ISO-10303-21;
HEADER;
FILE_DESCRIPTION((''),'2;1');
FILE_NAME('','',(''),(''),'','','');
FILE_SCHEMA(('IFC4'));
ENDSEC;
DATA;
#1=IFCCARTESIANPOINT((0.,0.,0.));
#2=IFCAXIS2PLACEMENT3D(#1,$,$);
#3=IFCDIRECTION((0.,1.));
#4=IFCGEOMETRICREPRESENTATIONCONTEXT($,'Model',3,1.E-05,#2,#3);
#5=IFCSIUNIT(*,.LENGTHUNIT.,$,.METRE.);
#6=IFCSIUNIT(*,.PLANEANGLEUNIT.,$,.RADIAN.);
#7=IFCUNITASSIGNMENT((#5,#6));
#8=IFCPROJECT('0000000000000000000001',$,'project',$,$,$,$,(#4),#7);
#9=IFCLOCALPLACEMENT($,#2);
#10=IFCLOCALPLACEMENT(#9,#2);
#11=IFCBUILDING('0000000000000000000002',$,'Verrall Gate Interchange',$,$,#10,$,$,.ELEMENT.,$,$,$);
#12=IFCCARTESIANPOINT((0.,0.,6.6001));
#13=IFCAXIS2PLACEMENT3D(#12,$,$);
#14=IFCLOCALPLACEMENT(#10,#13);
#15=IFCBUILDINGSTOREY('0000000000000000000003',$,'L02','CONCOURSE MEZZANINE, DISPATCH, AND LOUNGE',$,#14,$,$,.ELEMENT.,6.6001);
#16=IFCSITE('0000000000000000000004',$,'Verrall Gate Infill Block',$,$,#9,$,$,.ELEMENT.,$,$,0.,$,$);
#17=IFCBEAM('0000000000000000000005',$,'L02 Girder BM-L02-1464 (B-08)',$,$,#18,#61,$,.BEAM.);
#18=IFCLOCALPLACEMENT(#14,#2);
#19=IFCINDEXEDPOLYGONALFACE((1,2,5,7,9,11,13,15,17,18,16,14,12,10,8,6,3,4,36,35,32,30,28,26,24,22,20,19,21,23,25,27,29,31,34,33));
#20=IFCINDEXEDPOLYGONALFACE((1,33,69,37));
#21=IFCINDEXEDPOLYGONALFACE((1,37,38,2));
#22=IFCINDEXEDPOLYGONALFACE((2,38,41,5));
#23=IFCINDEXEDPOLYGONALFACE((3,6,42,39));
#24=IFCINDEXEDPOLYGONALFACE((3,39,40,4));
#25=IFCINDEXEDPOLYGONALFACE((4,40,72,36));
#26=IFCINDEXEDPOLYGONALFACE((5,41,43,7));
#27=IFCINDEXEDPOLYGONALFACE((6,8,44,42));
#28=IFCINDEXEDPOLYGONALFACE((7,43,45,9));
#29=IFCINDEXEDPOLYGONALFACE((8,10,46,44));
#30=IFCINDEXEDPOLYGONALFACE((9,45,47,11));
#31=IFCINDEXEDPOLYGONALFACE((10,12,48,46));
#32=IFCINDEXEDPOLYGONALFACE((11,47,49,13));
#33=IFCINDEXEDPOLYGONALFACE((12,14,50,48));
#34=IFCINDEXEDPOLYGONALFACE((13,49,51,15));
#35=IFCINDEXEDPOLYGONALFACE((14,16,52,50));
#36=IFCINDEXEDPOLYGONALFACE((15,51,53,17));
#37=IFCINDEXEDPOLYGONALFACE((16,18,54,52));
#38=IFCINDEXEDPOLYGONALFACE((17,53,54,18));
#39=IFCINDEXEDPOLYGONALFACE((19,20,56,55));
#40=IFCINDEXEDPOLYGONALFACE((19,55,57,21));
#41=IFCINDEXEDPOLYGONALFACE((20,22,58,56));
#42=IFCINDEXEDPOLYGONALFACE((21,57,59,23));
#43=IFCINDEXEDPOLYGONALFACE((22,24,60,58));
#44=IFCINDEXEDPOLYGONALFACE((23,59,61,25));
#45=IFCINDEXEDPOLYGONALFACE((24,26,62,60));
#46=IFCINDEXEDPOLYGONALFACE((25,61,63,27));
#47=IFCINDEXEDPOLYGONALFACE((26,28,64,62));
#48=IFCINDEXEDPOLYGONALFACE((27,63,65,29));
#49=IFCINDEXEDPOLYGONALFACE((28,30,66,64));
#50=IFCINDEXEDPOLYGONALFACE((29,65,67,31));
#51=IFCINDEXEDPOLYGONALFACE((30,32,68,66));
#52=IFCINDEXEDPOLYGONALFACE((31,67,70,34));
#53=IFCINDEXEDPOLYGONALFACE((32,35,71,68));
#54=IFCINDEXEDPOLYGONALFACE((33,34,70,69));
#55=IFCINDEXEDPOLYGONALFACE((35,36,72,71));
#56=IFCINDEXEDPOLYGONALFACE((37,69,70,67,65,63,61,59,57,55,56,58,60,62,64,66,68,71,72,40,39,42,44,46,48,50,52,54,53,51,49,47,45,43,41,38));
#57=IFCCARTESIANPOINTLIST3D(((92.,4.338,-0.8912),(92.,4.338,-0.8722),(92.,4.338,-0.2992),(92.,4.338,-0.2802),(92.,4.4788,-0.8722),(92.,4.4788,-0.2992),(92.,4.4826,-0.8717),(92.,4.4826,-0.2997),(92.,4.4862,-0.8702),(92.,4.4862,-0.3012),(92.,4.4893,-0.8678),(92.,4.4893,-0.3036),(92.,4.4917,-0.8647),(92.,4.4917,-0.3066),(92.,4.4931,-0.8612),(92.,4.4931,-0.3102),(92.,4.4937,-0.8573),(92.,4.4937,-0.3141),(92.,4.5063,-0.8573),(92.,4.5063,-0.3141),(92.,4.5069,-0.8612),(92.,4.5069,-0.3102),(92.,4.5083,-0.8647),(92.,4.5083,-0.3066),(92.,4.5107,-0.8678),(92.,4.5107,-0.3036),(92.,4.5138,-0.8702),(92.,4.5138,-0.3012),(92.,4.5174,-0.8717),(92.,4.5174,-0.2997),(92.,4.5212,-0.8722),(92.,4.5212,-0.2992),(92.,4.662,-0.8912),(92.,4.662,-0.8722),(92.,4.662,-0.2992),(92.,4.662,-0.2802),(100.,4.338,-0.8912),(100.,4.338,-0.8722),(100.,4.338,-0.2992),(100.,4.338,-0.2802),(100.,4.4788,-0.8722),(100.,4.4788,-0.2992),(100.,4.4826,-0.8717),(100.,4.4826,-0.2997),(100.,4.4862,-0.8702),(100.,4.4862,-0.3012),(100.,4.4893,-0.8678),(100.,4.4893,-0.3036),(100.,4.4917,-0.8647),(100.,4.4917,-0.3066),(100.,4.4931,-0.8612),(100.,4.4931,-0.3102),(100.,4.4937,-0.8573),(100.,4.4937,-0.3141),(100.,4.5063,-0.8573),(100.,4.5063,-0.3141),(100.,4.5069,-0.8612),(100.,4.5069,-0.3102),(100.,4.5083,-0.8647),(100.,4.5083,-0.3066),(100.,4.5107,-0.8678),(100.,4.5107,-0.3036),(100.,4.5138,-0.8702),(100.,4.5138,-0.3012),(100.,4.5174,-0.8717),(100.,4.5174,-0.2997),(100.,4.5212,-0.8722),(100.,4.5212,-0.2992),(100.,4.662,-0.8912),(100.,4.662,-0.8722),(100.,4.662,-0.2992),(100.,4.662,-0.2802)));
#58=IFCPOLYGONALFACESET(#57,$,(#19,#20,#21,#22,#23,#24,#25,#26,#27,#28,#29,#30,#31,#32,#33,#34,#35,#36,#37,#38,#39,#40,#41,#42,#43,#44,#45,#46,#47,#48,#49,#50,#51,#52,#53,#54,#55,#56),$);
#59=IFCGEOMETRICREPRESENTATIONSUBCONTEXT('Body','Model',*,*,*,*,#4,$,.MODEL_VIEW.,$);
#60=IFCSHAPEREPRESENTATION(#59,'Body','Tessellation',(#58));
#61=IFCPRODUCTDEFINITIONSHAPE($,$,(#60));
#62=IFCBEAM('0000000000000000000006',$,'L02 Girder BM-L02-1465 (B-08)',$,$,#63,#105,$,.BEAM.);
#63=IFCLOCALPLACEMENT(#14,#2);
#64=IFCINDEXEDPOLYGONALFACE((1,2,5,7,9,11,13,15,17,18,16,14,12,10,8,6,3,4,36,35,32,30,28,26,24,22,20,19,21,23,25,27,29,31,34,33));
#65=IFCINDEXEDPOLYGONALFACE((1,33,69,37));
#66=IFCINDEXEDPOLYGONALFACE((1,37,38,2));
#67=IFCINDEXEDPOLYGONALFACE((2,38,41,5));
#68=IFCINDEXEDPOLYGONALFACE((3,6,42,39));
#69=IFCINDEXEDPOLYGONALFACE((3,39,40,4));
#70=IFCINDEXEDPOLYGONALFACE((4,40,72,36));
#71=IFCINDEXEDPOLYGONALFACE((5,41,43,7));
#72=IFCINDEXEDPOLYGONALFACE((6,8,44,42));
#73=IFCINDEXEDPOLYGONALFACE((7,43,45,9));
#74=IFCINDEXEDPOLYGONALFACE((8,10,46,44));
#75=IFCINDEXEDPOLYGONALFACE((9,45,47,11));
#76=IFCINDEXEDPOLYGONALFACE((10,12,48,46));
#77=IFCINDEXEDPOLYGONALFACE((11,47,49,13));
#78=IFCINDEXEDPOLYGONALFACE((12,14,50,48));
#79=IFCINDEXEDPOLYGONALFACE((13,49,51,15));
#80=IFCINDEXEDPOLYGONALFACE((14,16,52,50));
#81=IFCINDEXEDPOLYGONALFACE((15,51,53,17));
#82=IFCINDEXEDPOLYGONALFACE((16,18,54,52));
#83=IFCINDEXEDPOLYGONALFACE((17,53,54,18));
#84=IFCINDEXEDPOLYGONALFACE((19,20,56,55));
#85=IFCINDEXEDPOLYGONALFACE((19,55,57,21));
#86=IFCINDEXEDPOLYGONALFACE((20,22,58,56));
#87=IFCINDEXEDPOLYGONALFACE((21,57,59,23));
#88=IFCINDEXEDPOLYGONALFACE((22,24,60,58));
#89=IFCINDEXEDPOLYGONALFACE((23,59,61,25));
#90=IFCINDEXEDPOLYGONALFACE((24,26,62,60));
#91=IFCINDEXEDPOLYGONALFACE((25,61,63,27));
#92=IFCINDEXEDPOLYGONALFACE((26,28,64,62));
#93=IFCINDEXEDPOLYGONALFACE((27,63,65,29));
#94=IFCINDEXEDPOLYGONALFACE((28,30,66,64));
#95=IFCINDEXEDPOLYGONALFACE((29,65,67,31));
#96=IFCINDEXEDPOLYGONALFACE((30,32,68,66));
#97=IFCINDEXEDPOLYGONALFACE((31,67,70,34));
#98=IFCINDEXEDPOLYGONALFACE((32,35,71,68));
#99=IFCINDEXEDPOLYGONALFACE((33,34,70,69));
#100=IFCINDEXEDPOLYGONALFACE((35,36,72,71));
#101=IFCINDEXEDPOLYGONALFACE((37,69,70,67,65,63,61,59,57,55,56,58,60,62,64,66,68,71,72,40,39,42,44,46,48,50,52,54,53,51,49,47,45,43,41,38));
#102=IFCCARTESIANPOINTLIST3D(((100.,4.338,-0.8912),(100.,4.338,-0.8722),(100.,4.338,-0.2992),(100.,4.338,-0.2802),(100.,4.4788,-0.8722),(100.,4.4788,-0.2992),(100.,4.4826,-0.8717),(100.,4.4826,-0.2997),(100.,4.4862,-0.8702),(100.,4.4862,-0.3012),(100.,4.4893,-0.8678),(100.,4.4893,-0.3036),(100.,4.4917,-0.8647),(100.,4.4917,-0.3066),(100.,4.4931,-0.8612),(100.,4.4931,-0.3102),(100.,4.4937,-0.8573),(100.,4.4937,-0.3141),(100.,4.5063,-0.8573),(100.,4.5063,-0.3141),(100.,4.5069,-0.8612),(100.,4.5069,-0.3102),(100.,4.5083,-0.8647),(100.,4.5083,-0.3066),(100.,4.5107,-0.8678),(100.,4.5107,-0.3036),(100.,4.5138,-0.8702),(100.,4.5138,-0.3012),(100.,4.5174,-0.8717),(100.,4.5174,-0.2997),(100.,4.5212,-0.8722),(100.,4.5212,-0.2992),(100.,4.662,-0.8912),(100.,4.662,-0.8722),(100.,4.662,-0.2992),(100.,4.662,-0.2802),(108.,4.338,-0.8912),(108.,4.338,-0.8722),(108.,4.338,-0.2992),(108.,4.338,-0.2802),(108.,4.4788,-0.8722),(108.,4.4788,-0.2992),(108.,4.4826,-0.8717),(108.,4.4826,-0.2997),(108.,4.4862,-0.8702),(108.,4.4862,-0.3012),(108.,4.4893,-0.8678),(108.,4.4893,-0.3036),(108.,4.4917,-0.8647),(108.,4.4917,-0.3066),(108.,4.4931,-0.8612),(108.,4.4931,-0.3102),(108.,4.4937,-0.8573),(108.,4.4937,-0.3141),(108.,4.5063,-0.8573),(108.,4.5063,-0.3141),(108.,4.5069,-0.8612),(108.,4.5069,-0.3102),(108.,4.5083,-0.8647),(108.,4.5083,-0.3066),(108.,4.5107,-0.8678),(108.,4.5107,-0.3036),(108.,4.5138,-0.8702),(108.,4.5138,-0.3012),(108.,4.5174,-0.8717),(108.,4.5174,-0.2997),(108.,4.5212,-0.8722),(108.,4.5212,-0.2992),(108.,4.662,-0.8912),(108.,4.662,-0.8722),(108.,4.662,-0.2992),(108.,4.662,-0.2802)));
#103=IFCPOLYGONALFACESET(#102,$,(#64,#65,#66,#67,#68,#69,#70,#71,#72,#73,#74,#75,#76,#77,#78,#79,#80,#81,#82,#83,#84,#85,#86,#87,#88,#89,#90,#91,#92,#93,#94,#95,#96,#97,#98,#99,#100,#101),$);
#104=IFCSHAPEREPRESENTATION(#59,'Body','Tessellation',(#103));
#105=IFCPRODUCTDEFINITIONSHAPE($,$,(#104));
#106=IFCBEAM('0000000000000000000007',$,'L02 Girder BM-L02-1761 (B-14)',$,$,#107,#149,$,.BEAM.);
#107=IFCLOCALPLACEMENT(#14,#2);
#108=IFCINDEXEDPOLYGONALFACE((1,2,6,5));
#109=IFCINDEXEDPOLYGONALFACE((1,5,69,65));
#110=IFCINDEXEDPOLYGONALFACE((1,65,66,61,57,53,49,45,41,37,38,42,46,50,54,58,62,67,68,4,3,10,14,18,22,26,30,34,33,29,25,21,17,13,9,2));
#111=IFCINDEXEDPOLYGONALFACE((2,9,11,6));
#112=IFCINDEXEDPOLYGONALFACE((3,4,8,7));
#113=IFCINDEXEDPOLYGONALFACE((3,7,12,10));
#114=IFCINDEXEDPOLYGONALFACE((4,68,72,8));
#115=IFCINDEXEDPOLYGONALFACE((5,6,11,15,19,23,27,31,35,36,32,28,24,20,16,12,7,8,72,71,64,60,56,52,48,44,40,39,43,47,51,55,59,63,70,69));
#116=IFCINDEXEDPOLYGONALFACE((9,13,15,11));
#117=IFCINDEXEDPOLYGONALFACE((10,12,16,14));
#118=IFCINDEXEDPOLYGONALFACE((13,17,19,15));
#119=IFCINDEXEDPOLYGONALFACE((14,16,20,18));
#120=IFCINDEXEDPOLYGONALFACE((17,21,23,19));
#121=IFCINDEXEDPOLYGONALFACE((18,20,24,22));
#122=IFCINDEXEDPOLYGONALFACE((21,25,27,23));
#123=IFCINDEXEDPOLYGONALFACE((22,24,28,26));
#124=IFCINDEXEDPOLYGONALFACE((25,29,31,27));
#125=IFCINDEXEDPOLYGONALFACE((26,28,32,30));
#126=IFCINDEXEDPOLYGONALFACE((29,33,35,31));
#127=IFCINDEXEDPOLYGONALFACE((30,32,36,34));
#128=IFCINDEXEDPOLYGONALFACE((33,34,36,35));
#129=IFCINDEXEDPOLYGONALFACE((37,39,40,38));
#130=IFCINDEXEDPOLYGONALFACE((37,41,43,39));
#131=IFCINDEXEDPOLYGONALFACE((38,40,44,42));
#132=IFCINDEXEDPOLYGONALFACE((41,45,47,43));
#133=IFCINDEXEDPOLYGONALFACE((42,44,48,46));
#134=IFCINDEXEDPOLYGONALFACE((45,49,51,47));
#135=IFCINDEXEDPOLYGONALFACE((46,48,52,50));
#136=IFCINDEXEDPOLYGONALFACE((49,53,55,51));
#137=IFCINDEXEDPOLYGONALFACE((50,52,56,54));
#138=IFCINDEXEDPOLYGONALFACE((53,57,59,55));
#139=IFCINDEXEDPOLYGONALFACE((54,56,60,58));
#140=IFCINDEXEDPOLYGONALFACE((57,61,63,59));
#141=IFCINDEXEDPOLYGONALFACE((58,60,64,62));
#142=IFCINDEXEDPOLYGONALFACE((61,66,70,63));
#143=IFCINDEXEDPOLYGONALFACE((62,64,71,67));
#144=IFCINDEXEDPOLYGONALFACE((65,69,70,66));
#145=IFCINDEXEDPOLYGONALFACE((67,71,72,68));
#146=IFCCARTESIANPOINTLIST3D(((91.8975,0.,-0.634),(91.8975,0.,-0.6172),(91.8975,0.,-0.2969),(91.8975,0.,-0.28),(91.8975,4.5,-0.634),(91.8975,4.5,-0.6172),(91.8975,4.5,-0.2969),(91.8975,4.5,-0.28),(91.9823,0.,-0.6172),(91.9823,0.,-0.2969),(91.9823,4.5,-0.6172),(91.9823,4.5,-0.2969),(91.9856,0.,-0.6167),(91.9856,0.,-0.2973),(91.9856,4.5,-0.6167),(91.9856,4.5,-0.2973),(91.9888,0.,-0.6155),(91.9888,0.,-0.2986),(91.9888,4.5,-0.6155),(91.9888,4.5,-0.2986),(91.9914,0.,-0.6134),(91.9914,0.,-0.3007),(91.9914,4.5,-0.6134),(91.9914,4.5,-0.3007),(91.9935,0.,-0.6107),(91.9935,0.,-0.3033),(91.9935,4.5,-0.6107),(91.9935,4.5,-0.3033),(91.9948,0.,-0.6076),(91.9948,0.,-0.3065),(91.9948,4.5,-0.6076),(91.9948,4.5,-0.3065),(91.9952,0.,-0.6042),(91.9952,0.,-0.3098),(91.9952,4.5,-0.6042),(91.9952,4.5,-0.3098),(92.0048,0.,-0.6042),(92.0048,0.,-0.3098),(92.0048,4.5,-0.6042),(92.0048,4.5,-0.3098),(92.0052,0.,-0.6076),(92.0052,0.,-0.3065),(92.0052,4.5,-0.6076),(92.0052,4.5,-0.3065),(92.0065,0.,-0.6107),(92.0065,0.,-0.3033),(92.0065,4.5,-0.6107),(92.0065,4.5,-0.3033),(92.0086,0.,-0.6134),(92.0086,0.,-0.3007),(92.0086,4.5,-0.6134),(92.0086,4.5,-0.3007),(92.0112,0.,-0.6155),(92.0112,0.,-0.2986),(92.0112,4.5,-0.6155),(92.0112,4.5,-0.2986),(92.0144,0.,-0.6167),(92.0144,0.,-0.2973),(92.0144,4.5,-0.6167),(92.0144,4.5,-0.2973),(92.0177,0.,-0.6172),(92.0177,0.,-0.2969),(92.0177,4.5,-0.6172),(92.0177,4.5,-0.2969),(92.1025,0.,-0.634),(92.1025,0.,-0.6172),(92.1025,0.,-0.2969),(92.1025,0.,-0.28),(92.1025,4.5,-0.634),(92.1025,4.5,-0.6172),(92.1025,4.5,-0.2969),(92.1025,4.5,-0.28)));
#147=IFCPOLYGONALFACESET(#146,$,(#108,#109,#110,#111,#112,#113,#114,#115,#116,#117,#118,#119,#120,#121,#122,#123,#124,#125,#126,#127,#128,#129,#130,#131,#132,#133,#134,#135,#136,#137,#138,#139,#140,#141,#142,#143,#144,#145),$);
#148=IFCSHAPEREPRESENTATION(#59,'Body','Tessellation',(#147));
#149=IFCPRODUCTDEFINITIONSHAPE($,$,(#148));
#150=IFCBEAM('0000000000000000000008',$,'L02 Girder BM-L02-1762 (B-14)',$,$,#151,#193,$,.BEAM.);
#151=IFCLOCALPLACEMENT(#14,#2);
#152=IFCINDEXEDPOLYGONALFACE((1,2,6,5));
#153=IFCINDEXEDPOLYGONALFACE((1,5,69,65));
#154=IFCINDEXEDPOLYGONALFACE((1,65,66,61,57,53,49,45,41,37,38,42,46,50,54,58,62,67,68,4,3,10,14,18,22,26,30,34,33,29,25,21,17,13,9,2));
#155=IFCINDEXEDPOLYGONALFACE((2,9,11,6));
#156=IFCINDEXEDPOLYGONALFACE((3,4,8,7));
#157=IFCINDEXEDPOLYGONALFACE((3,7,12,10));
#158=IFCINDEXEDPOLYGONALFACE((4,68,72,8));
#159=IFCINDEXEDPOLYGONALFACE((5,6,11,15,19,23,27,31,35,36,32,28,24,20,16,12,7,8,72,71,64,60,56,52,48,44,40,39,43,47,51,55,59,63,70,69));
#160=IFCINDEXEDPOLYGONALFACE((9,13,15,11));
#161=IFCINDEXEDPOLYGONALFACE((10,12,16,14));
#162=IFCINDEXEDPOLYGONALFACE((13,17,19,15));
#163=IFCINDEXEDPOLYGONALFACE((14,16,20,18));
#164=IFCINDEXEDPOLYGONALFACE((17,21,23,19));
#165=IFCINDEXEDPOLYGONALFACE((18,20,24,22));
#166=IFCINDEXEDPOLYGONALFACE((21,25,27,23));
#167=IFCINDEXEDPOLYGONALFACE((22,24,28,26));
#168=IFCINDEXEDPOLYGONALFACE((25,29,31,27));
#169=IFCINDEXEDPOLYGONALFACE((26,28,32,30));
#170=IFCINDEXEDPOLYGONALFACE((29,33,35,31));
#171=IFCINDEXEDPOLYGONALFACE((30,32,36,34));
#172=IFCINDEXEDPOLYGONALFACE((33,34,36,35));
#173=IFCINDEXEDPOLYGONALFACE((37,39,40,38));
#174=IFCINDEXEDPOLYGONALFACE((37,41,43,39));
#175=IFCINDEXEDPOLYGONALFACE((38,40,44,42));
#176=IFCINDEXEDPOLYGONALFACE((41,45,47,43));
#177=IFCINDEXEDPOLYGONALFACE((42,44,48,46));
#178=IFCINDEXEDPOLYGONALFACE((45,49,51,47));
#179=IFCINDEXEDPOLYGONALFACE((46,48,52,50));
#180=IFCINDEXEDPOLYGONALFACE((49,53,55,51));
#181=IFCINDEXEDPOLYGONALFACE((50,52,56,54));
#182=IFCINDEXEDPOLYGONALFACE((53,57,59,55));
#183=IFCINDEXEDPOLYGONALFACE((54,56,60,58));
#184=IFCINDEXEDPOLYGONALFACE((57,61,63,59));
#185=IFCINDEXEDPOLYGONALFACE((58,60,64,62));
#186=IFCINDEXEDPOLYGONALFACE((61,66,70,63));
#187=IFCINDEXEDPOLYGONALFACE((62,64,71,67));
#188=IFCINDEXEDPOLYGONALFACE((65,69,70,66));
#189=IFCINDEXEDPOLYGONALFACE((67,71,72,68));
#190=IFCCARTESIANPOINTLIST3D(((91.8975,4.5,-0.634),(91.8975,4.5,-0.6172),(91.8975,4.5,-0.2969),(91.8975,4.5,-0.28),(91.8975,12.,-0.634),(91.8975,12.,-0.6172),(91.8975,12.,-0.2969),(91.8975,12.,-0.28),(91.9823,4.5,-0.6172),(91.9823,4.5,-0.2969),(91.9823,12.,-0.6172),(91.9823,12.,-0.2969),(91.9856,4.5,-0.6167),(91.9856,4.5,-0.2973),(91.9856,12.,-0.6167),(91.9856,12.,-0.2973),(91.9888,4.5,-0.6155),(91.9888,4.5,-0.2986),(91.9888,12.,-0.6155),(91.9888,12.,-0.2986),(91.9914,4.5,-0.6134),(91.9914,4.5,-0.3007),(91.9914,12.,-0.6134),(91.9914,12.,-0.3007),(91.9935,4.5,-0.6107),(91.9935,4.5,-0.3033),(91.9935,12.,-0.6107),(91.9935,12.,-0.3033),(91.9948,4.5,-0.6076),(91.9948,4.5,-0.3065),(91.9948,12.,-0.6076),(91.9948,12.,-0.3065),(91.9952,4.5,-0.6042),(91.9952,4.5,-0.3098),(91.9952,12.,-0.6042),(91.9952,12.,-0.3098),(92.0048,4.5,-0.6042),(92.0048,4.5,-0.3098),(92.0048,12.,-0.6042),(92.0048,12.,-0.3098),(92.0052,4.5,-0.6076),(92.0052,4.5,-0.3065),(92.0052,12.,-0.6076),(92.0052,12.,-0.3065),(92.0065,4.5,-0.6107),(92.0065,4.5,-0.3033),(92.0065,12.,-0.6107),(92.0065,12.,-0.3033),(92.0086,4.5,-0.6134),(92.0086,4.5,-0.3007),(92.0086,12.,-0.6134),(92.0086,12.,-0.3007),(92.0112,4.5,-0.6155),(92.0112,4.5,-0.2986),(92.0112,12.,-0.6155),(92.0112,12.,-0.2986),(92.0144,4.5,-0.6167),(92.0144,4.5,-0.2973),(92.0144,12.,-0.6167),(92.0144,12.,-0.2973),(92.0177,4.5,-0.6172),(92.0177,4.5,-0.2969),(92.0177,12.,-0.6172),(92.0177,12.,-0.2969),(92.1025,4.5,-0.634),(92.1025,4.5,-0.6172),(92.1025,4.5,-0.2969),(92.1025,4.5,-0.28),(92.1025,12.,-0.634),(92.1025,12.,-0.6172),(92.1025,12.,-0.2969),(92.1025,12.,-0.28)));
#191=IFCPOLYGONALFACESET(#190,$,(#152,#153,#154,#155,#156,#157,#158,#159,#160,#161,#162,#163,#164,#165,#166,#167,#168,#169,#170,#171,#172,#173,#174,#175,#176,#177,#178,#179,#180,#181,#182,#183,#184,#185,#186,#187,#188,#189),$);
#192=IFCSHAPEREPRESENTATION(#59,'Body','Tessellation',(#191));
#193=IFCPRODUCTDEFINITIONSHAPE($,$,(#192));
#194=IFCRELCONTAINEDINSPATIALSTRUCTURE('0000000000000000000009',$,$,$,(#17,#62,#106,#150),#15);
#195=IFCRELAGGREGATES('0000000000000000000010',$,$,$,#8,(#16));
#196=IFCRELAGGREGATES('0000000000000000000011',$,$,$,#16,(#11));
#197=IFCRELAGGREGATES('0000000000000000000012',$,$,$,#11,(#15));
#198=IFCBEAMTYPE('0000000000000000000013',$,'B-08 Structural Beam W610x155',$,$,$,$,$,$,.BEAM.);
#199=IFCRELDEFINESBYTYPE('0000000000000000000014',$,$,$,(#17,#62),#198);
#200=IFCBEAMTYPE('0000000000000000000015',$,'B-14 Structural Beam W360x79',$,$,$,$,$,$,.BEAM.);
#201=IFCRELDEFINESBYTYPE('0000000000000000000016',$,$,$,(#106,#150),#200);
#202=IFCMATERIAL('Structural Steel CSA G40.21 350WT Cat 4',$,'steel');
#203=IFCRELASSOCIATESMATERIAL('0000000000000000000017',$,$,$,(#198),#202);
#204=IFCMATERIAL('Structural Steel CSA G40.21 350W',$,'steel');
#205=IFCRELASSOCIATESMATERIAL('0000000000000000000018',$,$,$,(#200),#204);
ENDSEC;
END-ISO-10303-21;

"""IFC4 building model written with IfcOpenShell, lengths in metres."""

from ifc_helpers import new_model, si_unit, direction, frame, origin, origin_2d, place, context, subcontext, project, spatial, i_section, extrude, material, material_profile, profile_set, type_object, element, save


model = new_model("IFC4")

# Units and contexts
model_context = context("Model", 3, precision=1e-05, world=origin(), true_north=direction((0.0, 1.0)))
body_context = subcontext(model_context, "Body", "Model", "MODEL_VIEW")
ifc_project = project(units=[si_unit("LENGTHUNIT", "METRE"), si_unit("PLANEANGLEUNIT", "RADIAN")], contexts=[model_context])

# Site, building, storey
site_placement = place(None, origin())
site = spatial("IfcSite", under=ifc_project, at=site_placement, Name="Verrall Gate Infill Block", CompositionType="ELEMENT", RefElevation=0.0)
building_placement = place(site_placement, origin())
building = spatial("IfcBuilding", under=site, at=building_placement, Name="Verrall Gate Interchange", CompositionType="ELEMENT")
storey_placement = place(building_placement, frame((0.0, 0.0, 6.6001)))
storey = spatial("IfcBuildingStorey", under=building, at=storey_placement, Name="L02", Description="CONCOURSE MEZZANINE, DISPATCH, AND LOUNGE", CompositionType="ELEMENT", Elevation=6.6001)

# Beams
ifc_material_1 = material(Name="Structural Steel CSA G40.21 350WT Cat 4", Category="steel")
ifc_material_profile_1 = material_profile(ifc_material_1, i_section(OverallWidth=0.324, OverallDepth=0.6111, WebThickness=0.0127, FlangeThickness=0.019, FilletRadius=0.0149, at=origin_2d()), Name="W610x155")
ifc_profile_set_1 = profile_set([ifc_material_profile_1], Name="Structural Steel CSA G40.21 350WT Cat 4")
beam_type_1 = type_object("IfcBeamType", Name="B-08 Structural Beam W610x155", PredefinedType="BEAM", material=ifc_profile_set_1)
for number, where, z_axis, x_axis, name in (
    (1, (92.0, 4.5, -0.5857), (1.0, 0.0, 0.0), (0.0, 1.0, 0.0), "L02 Girder BM-L02-1464 (B-08)"),
    (2, (100.0, 4.5, -0.5857), (1.0, 0.0, 0.0), (0.0, 1.0, 0.0), "L02 Girder BM-L02-1465 (B-08)"),
):
    element("IfcBeam", number, at=place(storey_placement, frame(where, z_axis=z_axis, x_axis=x_axis)), inside=storey, type_object=beam_type_1, Name=name, PredefinedType="BEAM", context=body_context, shape_type="SweptSolid", body=[
        extrude(i_section(OverallWidth=0.324, OverallDepth=0.6111, WebThickness=0.0127, FlangeThickness=0.019, FilletRadius=0.0149, at=origin_2d()), origin(), (0.0, 0.0, 1.0), 8.0),
    ])
ifc_material_2 = material(Name="Structural Steel CSA G40.21 350W", Category="steel")
ifc_material_profile_2 = material_profile(ifc_material_2, i_section(OverallWidth=0.2051, OverallDepth=0.354, WebThickness=0.0095, FlangeThickness=0.0168, FilletRadius=0.0129, at=origin_2d()), Name="W360x79")
ifc_profile_set_2 = profile_set([ifc_material_profile_2], Name="Structural Steel CSA G40.21 350W")
beam_type_2 = type_object("IfcBeamType", Name="B-14 Structural Beam W360x79", PredefinedType="BEAM", material=ifc_profile_set_2)
beam_1_placement = place(storey_placement, frame((92.0, 0.0, -0.457), z_axis=(0.0, 1.0, 0.0), x_axis=(-1.0, 0.0, 0.0)))
element("IfcBeam", 3, at=beam_1_placement, inside=storey, type_object=beam_type_2, Name="L02 Girder BM-L02-1761 (B-14)", PredefinedType="BEAM", context=body_context, shape_type="SweptSolid", body=[
    extrude(i_section(OverallWidth=0.2051, OverallDepth=0.354, WebThickness=0.0095, FlangeThickness=0.0168, FilletRadius=0.0129, at=origin_2d()), origin(), (0.0, 0.0, 1.0), 4.5),
])
beam_2_placement = place(storey_placement, frame((92.0, 4.5, -0.457), z_axis=(0.0, 1.0, 0.0), x_axis=(-1.0, 0.0, 0.0)))
element("IfcBeam", 4, at=beam_2_placement, inside=storey, type_object=beam_type_2, Name="L02 Girder BM-L02-1762 (B-14)", PredefinedType="BEAM", context=body_context, shape_type="SweptSolid", body=[
    extrude(i_section(OverallWidth=0.2051, OverallDepth=0.354, WebThickness=0.0095, FlangeThickness=0.0168, FilletRadius=0.0129, at=origin_2d()), origin(), (0.0, 0.0, 1.0), 7.5),
])

save(model, "model.ifc")
